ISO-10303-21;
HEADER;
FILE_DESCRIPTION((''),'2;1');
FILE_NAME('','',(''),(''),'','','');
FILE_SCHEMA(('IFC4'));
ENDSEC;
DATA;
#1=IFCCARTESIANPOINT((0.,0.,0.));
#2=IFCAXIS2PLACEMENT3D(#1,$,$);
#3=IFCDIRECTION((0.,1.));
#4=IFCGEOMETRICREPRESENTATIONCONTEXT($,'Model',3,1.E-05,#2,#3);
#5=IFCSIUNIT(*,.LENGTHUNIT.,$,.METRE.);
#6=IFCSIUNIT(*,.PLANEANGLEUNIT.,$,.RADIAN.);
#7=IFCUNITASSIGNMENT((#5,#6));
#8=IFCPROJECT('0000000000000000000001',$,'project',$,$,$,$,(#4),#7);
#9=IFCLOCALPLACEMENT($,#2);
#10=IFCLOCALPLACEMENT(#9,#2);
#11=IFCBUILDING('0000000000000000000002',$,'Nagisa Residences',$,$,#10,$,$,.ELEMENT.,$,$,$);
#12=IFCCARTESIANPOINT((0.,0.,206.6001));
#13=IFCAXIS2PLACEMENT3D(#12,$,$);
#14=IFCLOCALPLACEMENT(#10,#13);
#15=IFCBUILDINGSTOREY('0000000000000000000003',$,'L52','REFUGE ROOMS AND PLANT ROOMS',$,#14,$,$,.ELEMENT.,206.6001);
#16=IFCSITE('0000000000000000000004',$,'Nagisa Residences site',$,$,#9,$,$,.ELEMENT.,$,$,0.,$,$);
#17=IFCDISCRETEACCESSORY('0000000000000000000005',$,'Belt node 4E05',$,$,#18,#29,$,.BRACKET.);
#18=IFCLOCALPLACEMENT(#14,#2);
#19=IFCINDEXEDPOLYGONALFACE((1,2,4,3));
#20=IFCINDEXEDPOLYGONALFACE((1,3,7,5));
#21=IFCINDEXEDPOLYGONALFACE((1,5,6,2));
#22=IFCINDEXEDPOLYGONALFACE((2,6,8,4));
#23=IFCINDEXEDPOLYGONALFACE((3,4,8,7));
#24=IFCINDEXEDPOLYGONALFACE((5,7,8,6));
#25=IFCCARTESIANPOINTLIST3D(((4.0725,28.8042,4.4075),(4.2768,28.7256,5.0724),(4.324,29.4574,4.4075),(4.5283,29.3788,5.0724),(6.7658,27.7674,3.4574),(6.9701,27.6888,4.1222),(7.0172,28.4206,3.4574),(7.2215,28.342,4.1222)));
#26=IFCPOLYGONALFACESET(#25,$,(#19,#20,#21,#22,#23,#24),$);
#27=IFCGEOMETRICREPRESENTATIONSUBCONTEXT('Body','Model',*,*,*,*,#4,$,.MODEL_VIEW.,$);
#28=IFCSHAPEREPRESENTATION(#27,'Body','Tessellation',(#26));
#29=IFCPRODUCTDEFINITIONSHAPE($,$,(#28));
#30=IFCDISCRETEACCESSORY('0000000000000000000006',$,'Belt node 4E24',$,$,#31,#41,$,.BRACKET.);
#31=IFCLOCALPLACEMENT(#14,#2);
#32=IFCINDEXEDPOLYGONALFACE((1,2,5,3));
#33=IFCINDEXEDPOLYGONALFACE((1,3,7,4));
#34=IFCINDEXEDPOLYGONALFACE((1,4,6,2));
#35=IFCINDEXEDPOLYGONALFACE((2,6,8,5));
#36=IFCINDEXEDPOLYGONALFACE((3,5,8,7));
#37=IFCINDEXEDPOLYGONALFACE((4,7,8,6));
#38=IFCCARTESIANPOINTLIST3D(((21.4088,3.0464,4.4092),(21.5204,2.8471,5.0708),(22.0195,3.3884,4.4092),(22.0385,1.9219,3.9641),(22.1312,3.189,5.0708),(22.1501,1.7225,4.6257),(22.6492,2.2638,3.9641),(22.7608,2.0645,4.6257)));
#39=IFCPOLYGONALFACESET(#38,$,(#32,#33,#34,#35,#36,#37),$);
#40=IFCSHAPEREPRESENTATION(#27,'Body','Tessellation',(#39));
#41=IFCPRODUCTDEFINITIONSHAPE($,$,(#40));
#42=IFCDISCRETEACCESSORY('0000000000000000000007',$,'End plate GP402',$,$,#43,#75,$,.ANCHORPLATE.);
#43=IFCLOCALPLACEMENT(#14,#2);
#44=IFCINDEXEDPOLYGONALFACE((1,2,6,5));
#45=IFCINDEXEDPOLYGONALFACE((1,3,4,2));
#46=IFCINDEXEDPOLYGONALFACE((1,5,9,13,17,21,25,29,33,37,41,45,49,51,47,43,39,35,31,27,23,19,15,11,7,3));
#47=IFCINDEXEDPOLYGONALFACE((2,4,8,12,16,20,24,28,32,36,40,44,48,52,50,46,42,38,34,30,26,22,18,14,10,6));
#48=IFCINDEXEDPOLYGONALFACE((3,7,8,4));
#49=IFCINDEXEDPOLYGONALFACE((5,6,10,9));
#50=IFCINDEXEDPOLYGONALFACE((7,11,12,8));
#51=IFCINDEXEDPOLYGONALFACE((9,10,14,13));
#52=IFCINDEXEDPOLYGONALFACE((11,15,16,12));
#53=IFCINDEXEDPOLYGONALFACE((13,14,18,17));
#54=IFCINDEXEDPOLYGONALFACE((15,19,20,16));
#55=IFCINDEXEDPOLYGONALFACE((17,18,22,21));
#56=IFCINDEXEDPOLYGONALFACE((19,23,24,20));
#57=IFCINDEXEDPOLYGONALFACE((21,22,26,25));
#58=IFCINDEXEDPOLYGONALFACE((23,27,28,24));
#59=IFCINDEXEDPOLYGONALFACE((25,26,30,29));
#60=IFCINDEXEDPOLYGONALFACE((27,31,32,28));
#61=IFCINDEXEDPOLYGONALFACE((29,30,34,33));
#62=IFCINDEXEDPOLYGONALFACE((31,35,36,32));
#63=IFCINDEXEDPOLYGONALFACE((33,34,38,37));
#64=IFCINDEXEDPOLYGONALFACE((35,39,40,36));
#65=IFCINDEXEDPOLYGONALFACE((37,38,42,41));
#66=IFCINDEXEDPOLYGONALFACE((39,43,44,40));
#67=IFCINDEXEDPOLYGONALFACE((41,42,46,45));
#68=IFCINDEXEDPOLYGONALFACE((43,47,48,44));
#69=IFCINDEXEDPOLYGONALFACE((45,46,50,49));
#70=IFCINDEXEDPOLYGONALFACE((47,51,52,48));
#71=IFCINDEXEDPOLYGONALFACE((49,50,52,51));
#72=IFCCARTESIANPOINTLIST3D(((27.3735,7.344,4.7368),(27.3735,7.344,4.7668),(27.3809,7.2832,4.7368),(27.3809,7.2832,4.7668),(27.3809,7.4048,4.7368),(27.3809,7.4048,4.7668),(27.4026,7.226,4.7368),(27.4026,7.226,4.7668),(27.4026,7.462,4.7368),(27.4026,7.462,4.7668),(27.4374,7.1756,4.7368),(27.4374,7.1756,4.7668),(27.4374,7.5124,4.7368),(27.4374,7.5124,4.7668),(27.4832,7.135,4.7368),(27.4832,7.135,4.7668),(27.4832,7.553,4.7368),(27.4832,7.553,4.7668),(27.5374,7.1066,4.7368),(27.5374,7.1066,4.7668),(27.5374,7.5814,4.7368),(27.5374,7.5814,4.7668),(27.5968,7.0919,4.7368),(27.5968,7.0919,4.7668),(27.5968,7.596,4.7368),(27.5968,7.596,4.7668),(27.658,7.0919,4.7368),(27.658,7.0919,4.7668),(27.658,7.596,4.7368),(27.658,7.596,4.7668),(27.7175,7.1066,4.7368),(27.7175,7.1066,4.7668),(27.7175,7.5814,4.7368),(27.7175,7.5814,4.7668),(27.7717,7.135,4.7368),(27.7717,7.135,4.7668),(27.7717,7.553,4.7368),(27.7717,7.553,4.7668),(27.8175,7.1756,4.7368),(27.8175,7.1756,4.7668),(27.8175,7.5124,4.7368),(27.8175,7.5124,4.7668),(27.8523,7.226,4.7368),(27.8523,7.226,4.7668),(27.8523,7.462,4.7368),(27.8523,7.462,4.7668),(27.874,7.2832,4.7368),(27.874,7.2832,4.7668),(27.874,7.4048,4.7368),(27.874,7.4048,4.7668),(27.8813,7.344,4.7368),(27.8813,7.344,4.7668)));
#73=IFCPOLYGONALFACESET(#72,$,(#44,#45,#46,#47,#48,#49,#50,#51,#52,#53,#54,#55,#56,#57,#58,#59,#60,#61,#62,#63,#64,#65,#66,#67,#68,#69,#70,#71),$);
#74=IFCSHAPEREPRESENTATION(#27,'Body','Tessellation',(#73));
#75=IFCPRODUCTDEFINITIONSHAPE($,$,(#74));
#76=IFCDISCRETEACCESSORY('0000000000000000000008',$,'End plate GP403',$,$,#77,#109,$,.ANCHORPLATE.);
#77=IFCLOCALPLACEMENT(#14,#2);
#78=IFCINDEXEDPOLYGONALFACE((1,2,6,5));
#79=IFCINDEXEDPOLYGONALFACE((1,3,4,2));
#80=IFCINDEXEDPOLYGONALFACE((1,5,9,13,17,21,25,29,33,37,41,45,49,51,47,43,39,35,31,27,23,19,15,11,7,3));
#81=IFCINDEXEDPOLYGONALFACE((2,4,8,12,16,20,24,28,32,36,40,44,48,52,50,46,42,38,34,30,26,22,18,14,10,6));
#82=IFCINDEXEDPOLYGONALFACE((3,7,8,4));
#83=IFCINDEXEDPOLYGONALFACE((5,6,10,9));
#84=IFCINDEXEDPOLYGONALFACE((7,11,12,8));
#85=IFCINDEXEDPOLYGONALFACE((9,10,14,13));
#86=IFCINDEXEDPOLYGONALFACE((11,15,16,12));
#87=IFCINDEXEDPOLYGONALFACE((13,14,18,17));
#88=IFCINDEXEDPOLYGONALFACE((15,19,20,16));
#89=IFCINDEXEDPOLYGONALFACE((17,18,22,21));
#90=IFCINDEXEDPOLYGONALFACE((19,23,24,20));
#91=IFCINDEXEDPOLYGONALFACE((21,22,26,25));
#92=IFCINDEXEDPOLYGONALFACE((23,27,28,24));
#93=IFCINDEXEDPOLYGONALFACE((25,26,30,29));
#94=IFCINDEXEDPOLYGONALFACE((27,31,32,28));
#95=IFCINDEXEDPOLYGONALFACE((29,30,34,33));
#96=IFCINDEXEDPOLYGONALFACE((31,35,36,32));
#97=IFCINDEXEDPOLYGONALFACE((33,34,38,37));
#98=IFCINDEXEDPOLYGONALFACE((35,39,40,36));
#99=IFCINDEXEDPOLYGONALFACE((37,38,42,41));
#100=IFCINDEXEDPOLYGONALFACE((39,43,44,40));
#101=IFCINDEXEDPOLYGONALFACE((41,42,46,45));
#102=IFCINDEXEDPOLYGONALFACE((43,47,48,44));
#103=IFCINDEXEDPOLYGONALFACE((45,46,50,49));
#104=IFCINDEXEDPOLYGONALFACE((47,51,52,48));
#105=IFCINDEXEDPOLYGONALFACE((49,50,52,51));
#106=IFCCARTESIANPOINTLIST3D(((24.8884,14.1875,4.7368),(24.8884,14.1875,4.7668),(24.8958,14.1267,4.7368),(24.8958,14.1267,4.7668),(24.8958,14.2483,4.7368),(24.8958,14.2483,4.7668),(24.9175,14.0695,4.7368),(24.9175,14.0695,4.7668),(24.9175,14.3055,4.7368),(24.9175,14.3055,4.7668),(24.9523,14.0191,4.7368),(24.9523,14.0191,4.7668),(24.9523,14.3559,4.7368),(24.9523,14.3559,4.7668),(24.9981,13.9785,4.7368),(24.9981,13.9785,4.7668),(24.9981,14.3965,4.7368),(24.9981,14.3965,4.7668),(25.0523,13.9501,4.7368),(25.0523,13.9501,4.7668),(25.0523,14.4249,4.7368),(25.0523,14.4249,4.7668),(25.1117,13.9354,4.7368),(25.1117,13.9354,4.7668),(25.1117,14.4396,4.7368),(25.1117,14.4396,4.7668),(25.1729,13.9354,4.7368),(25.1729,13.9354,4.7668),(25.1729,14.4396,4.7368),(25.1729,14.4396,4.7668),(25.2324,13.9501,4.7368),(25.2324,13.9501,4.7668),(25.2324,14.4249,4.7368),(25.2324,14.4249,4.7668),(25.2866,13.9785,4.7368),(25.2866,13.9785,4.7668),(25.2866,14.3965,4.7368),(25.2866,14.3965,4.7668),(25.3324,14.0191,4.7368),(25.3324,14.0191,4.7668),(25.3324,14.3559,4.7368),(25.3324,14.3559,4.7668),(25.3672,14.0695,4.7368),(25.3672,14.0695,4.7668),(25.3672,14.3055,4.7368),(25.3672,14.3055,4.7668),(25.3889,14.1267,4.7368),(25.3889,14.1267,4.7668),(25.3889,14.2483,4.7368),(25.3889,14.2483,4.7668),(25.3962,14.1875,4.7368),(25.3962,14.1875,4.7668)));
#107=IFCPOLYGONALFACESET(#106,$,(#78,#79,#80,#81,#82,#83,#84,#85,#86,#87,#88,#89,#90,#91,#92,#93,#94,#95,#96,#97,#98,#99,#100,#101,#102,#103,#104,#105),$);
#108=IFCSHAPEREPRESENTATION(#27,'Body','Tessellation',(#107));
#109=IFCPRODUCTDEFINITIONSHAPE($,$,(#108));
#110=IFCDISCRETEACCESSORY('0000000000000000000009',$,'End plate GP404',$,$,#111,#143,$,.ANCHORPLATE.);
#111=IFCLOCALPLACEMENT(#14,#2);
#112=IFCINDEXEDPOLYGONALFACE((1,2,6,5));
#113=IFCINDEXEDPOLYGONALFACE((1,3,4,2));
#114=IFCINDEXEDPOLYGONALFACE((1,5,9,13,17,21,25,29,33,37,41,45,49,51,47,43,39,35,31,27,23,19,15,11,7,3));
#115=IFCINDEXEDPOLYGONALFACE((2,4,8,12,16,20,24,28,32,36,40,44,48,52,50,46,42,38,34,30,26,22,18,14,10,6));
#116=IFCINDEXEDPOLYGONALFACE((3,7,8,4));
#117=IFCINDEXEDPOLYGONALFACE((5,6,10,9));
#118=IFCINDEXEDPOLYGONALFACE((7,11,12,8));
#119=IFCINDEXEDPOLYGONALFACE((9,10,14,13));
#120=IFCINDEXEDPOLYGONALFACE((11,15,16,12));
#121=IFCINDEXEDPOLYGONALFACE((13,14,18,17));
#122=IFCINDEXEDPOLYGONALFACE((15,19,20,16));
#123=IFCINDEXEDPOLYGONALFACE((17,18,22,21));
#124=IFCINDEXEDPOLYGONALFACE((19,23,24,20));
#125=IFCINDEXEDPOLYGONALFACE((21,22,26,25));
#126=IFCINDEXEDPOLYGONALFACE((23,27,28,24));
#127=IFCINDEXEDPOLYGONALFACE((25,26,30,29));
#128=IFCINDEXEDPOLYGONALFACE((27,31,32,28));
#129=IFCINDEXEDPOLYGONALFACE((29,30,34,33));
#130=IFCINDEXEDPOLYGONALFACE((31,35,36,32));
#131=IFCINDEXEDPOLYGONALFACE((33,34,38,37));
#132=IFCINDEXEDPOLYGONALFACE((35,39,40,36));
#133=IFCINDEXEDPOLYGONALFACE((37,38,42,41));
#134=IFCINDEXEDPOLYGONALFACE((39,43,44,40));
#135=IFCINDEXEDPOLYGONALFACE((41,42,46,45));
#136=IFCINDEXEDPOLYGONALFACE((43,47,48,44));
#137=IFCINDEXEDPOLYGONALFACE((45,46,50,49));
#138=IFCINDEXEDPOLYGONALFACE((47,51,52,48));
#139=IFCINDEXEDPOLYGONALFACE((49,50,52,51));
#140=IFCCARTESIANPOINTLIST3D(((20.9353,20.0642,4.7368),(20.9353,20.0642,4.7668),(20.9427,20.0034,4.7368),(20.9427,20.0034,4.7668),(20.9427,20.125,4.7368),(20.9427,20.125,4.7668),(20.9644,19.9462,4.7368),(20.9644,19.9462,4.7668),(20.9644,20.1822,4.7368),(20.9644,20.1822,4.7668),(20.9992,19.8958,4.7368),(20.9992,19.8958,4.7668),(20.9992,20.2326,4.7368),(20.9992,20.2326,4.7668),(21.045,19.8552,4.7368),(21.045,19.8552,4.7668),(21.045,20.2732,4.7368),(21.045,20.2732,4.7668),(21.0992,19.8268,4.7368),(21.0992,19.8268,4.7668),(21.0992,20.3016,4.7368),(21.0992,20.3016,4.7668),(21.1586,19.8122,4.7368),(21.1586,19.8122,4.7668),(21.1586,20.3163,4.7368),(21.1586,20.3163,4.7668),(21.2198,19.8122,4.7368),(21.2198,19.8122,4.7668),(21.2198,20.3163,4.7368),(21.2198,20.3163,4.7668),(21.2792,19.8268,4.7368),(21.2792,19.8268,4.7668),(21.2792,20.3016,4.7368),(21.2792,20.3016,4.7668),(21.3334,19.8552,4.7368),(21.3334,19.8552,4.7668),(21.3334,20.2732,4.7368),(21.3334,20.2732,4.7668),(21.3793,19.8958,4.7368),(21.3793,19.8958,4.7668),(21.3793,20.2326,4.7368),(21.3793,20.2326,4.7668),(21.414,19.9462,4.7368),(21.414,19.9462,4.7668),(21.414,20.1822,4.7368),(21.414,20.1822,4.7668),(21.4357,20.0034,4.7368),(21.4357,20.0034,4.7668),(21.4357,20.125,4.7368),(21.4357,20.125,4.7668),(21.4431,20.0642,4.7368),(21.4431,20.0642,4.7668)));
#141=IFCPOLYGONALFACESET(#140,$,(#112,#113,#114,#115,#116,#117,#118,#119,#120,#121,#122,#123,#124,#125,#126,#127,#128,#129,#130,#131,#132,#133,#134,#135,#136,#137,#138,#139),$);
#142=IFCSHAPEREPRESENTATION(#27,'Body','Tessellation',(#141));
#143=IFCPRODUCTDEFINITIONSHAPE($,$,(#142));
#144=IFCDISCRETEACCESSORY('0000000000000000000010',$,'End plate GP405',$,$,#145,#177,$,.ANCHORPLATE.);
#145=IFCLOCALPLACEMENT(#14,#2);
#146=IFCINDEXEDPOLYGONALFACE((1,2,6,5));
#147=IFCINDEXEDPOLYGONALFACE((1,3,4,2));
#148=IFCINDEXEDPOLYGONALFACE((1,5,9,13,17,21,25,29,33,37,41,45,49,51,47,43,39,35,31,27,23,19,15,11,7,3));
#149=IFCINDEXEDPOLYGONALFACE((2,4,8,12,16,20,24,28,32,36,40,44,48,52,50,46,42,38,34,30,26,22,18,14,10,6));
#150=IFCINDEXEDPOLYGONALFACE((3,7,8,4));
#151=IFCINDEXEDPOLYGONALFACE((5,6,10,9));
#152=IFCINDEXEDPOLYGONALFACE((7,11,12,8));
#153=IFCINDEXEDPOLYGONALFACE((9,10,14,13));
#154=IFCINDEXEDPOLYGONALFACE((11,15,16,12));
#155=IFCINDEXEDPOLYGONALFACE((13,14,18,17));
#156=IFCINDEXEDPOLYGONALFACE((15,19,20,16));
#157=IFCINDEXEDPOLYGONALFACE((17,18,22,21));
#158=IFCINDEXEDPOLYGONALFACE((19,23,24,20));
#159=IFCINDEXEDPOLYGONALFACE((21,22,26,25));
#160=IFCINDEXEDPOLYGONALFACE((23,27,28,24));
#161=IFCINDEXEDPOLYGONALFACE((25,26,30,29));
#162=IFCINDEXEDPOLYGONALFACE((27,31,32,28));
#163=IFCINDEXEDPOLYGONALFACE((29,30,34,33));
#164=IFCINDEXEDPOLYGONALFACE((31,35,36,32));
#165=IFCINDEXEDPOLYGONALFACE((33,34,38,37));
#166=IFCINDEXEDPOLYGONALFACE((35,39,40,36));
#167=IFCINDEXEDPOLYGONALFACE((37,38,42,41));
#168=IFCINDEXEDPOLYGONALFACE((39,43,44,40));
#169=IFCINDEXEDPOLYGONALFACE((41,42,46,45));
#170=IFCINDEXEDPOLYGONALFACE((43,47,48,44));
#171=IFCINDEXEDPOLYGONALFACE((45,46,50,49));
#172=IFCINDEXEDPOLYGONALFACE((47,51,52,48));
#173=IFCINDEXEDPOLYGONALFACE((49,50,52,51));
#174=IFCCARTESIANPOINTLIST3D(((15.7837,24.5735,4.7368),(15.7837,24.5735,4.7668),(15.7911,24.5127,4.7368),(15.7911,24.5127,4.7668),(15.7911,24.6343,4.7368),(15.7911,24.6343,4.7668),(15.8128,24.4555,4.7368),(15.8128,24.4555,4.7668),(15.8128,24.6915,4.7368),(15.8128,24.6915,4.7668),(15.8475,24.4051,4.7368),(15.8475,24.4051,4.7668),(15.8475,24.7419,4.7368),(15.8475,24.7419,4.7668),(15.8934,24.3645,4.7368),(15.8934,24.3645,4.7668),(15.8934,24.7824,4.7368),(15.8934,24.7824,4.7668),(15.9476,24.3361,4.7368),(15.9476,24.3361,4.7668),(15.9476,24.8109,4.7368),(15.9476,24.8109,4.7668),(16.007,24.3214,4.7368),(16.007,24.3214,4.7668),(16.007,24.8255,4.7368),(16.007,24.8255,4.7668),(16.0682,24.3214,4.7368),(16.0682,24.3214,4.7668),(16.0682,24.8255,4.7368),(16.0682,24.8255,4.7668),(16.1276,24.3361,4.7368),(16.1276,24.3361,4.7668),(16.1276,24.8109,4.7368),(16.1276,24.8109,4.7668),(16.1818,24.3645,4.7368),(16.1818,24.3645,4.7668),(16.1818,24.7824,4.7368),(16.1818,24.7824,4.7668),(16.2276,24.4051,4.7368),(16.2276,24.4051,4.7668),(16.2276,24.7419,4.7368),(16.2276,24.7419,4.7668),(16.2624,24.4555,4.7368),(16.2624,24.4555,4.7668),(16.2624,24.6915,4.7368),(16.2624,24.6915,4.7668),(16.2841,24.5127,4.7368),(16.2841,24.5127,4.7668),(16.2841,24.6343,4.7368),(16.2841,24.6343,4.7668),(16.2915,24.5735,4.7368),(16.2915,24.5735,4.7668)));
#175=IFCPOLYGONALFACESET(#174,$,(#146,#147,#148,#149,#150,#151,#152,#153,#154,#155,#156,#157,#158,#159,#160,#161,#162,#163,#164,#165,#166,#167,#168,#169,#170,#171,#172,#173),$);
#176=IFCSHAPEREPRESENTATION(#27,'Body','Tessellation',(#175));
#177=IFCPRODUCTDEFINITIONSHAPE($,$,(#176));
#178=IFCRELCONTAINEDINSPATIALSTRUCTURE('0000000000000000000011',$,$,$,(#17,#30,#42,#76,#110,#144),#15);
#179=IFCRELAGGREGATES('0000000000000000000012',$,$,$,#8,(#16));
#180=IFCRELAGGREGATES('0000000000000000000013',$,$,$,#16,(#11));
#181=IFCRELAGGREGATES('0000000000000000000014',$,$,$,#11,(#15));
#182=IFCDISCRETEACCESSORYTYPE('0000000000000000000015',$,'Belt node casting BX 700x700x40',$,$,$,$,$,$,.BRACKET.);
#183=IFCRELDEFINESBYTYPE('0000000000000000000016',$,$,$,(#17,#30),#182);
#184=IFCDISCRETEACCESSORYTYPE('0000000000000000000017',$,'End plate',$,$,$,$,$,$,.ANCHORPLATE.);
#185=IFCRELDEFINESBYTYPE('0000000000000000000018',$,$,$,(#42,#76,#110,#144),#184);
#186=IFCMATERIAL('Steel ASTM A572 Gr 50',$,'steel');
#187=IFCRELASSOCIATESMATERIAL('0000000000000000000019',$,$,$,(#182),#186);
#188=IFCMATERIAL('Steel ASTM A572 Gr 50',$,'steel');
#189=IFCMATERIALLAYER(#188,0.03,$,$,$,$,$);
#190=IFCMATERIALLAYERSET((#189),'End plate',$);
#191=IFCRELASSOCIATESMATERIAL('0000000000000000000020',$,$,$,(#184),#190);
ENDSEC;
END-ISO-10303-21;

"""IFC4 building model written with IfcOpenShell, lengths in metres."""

from ifc_helpers import new_model, si_unit, direction, frame, origin, origin_2d, place, context, subcontext, project, spatial, rectangle, circle, extrude, material, layer, layer_set, type_object, element, save


model = new_model("IFC4")

# Units and contexts
model_context = context("Model", 3, precision=1e-05, world=origin(), true_north=direction((0.0, 1.0)))
body_context = subcontext(model_context, "Body", "Model", "MODEL_VIEW")
ifc_project = project(units=[si_unit("LENGTHUNIT", "METRE"), si_unit("PLANEANGLEUNIT", "RADIAN")], contexts=[model_context])

# Site, building, storey
site_placement = place(None, origin())
site = spatial("IfcSite", under=ifc_project, at=site_placement, Name="Nagisa Residences site", CompositionType="ELEMENT", RefElevation=0.0)
building_placement = place(site_placement, origin())
building = spatial("IfcBuilding", under=site, at=building_placement, Name="Nagisa Residences", CompositionType="ELEMENT")
storey_placement = place(building_placement, frame((0.0, 0.0, 206.6001)))
storey = spatial("IfcBuildingStorey", under=building, at=storey_placement, Name="L52", Description="REFUGE ROOMS AND PLANT ROOMS", CompositionType="ELEMENT", Elevation=206.6001)

# Discrete accessories
ifc_material_1 = material(Name="Steel ASTM A572 Gr 50", Category="steel")
discrete_accessory_type_1 = type_object("IfcDiscreteAccessoryType", Name="Belt node casting BX 700x700x40", PredefinedType="BRACKET", material=ifc_material_1)
discrete_accessory_1_placement = place(storey_placement, frame((6.9937, 28.0547, 3.7898), z_axis=(-0.886427, 0.341249, 0.312724), x_axis=(-0.359268, -0.933234, 0.0)))
element("IfcDiscreteAccessory", 1, at=discrete_accessory_1_placement, inside=storey, type_object=discrete_accessory_type_1, Name="Belt node 4E05", PredefinedType="BRACKET", context=body_context, shape_type="SweptSolid", body=[
    extrude(rectangle(XDim=0.7, YDim=0.7, at=origin_2d()), origin(), (0.0, 0.0, 1.0), 3.0383),
])
discrete_accessory_2_placement = place(storey_placement, frame((22.3997, 1.9932, 4.2949), z_axis=(-0.461791, 0.824741, 0.326423), x_axis=(-0.872535, -0.488551, 0.0)))
element("IfcDiscreteAccessory", 2, at=discrete_accessory_2_placement, inside=storey, type_object=discrete_accessory_type_1, Name="Belt node 4E24", PredefinedType="BRACKET", context=body_context, shape_type="SweptSolid", body=[
    extrude(rectangle(XDim=0.7, YDim=0.7, at=origin_2d()), origin(), (0.0, 0.0, 1.0), 1.3635),
])
ifc_material_2 = material(Name="Steel ASTM A572 Gr 50", Category="steel")
ifc_layer = layer(ifc_material_2, 0.03)
ifc_layer_set = layer_set([ifc_layer], Name="End plate")
discrete_accessory_type_2 = type_object("IfcDiscreteAccessoryType", Name="End plate", PredefinedType="ANCHORPLATE", material=ifc_layer_set)
for number, where, z_axis, x_axis, name in (
    (3, (27.6274, 7.344, 4.7368), (0.0, 0.0, 1.0), (1.0, 0.0, 0.0), "End plate GP402"),
    (4, (25.1423, 14.1875, 4.7368), (0.0, 0.0, 1.0), (1.0, 0.0, 0.0), "End plate GP403"),
    (5, (21.1892, 20.0642, 4.7368), (0.0, 0.0, 1.0), (1.0, 0.0, 0.0), "End plate GP404"),
    (6, (16.0376, 24.5735, 4.7368), (0.0, 0.0, 1.0), (1.0, 0.0, 0.0), "End plate GP405"),
):
    element("IfcDiscreteAccessory", number, at=place(storey_placement, frame(where, z_axis=z_axis, x_axis=x_axis)), inside=storey, type_object=discrete_accessory_type_2, Name=name, PredefinedType="ANCHORPLATE", context=body_context, shape_type="SweptSolid", body=[
        extrude(circle(Radius=0.2539, at=origin_2d()), origin(), (0.0, 0.0, 1.0), 0.03),
    ])

save(model, "model.ifc")
